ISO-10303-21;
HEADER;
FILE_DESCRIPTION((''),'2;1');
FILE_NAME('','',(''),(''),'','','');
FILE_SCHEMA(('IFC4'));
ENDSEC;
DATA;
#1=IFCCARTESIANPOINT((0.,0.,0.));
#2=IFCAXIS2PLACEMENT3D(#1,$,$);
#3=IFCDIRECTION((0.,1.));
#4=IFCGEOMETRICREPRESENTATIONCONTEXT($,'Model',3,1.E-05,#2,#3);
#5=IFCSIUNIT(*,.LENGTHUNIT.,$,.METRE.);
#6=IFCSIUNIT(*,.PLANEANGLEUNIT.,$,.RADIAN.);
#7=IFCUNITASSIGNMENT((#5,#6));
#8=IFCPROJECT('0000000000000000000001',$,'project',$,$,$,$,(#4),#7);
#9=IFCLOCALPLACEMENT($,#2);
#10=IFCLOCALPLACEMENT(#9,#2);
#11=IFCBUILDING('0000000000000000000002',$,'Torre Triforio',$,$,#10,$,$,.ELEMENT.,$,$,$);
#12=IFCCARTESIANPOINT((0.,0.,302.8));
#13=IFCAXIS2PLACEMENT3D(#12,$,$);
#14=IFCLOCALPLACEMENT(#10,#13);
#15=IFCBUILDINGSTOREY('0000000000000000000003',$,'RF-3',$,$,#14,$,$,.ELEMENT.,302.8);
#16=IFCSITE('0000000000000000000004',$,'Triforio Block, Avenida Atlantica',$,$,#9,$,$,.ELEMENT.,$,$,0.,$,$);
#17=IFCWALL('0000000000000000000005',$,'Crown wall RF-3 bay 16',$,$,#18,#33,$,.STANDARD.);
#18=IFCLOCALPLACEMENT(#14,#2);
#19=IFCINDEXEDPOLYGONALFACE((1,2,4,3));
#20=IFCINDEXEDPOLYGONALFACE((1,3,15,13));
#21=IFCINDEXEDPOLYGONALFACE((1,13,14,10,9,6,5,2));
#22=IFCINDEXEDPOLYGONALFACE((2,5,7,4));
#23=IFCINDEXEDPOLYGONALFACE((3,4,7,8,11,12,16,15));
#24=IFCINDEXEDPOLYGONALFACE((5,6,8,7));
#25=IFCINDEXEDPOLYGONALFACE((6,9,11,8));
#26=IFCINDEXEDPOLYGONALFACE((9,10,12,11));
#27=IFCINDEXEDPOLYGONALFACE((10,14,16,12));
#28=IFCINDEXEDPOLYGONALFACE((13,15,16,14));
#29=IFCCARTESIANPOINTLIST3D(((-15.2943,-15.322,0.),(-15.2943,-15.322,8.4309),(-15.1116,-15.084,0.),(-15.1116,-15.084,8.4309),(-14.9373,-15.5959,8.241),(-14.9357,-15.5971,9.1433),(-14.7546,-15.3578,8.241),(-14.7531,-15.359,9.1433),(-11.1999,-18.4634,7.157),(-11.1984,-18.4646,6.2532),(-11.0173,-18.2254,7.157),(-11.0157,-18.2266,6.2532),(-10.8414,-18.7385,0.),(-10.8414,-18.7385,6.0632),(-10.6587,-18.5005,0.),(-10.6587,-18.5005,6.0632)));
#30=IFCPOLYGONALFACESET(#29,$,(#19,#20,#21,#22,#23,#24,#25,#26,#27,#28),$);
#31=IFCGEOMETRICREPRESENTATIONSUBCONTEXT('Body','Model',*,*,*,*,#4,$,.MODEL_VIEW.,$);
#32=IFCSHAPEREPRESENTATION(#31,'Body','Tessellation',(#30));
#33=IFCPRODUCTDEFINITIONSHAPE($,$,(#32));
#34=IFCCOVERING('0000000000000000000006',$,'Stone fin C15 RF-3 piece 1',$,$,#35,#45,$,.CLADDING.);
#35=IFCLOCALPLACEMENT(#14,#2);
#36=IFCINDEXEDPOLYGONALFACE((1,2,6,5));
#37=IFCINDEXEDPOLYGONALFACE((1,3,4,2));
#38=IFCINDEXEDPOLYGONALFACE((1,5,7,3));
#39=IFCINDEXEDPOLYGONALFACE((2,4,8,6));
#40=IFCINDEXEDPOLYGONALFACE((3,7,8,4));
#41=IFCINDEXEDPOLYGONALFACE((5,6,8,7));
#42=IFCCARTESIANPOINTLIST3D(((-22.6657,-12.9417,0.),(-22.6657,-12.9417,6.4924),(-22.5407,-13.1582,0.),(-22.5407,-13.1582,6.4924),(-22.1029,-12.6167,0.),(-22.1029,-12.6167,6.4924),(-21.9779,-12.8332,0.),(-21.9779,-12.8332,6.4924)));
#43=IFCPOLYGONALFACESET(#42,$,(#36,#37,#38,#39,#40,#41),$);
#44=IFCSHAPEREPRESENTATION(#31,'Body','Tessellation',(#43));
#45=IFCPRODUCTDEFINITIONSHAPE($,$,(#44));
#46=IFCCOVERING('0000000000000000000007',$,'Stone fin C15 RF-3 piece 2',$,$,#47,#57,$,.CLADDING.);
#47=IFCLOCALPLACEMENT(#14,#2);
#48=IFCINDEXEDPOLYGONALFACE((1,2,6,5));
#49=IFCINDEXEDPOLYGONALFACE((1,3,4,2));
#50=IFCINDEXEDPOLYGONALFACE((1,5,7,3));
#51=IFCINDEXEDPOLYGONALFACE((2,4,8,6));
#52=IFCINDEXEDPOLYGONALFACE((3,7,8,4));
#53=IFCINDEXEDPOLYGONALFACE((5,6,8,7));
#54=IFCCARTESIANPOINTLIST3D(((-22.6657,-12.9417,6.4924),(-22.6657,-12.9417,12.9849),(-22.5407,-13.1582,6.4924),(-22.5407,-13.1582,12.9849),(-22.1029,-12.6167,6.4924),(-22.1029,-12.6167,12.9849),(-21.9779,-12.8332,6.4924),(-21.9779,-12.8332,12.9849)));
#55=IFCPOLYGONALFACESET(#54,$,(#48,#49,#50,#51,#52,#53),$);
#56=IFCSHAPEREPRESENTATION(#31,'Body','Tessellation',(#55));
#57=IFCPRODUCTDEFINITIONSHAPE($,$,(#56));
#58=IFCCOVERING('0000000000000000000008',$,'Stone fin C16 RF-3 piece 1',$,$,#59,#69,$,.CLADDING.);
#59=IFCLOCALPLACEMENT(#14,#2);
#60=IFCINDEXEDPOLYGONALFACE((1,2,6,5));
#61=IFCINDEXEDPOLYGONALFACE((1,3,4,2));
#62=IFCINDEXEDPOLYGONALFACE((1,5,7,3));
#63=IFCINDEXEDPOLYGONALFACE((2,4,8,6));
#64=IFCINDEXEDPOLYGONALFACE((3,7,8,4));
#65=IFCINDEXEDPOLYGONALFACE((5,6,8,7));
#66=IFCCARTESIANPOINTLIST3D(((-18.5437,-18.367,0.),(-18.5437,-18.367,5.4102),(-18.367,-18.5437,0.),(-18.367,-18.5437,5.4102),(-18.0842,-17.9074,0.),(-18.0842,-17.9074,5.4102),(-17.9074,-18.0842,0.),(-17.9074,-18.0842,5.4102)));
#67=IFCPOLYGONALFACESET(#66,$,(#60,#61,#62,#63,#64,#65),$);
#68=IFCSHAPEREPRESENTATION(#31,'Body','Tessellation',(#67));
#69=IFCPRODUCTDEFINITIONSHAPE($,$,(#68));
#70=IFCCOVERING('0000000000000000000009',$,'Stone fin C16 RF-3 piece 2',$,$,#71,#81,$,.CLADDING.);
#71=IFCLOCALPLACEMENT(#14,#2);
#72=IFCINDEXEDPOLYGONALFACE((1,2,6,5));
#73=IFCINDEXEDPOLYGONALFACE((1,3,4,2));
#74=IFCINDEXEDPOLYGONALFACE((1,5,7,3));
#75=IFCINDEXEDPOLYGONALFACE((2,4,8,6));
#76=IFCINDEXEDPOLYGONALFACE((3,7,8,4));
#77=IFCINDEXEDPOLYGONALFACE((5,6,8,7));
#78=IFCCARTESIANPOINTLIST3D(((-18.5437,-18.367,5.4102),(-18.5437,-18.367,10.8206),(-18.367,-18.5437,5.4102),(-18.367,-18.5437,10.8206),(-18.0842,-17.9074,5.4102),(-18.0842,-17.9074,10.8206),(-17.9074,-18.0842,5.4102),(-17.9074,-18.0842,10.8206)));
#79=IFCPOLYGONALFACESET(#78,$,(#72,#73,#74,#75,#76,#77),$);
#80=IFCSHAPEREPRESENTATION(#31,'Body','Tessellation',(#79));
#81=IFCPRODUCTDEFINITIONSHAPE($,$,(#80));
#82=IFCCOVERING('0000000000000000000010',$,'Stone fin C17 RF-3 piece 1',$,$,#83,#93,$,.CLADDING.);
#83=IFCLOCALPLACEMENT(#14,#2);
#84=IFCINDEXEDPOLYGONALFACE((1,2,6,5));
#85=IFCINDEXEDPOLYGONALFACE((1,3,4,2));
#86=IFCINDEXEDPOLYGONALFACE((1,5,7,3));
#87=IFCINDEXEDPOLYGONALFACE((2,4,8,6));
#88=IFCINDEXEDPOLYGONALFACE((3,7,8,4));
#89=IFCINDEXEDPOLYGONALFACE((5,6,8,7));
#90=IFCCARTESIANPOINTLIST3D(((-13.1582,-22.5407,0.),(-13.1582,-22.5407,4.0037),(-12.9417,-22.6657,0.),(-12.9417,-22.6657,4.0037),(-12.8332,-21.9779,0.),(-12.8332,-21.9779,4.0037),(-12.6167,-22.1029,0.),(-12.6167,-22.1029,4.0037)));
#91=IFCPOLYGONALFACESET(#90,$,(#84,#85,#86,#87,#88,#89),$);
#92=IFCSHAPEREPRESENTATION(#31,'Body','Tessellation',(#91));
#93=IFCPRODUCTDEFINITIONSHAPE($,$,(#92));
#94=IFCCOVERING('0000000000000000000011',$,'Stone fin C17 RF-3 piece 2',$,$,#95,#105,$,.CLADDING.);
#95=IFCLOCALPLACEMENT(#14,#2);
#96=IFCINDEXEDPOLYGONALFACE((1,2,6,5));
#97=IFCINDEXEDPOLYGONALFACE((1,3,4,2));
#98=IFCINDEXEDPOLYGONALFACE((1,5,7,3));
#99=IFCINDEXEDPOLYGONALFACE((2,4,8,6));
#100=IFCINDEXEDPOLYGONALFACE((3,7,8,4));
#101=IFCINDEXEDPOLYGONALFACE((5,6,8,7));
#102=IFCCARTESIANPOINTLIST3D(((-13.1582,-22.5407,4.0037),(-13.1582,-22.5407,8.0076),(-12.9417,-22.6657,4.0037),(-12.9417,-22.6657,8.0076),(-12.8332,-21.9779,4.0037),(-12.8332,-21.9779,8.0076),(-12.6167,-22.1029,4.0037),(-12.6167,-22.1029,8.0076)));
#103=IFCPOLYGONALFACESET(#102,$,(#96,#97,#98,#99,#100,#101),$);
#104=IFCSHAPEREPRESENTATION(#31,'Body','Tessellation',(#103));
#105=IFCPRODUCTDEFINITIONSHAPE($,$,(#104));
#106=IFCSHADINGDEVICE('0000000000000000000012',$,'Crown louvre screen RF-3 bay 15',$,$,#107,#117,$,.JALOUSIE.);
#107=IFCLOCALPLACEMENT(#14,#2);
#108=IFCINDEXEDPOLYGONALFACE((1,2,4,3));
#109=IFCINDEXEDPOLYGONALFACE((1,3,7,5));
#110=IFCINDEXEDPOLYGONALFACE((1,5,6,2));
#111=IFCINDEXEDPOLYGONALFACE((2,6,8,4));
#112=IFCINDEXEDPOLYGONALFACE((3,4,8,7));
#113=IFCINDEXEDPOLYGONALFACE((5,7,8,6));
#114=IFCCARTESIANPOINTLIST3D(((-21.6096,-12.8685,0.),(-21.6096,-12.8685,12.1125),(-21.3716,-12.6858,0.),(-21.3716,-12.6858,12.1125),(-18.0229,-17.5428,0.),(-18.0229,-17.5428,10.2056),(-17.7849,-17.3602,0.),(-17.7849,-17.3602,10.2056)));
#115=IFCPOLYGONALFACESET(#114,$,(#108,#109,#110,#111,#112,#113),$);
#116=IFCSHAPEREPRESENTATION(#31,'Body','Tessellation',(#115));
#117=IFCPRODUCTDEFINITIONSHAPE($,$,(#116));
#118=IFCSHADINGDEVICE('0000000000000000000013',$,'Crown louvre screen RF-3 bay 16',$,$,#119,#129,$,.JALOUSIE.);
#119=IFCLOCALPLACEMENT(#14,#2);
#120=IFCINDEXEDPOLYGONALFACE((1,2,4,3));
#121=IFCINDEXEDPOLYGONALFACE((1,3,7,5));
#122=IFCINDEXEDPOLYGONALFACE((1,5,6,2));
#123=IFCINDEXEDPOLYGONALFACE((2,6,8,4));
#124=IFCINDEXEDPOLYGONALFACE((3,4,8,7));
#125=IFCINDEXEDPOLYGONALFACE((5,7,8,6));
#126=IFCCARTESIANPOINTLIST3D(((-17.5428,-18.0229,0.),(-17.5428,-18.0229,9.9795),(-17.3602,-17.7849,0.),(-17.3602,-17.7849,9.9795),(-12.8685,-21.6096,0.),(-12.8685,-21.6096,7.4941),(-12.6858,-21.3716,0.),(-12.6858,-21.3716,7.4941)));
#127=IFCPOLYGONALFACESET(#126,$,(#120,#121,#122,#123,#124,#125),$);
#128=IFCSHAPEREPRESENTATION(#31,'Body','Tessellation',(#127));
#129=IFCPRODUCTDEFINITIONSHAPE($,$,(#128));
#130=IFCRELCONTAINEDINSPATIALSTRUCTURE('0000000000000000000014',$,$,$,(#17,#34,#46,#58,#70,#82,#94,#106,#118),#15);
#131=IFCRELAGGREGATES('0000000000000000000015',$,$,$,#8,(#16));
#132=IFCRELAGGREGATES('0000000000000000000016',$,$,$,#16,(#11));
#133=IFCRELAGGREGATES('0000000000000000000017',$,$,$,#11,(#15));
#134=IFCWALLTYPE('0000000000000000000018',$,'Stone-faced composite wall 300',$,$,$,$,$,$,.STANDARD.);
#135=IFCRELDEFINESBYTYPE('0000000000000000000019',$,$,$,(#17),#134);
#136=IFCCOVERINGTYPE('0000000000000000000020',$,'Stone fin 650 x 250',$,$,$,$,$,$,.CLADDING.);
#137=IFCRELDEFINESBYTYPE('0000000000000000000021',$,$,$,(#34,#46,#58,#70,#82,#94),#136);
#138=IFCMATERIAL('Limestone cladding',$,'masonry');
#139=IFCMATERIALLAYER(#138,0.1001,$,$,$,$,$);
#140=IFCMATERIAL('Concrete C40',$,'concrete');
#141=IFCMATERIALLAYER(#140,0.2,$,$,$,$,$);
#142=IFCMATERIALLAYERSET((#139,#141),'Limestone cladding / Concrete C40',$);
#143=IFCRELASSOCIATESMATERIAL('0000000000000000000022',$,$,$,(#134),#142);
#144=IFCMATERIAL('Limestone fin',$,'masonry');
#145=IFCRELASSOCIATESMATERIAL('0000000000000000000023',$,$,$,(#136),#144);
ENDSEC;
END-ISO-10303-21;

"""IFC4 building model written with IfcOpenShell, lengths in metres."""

from ifc_helpers import new_model, si_unit, direction, frame, origin, origin_2d, place, context, subcontext, project, spatial, polyline, rectangle, outline, extrude, material, layer, layer_set, material_profile, profile_set, type_object, element, save


model = new_model("IFC4")

# Units and contexts
model_context = context("Model", 3, precision=1e-05, world=origin(), true_north=direction((0.0, 1.0)))
body_context = subcontext(model_context, "Body", "Model", "MODEL_VIEW")
ifc_project = project(units=[si_unit("LENGTHUNIT", "METRE"), si_unit("PLANEANGLEUNIT", "RADIAN")], contexts=[model_context])

# Site, building, storey
site_placement = place(None, origin())
site = spatial("IfcSite", under=ifc_project, at=site_placement, Name="Triforio Block, Avenida Atlantica", CompositionType="ELEMENT", RefElevation=0.0)
building_placement = place(site_placement, origin())
building = spatial("IfcBuilding", under=site, at=building_placement, Name="Torre Triforio", CompositionType="ELEMENT")
storey_placement = place(building_placement, frame((0.0, 0.0, 302.8)))
storey = spatial("IfcBuildingStorey", under=building, at=storey_placement, Name="RF-3", CompositionType="ELEMENT", Elevation=302.8)

# Shared definitions
ifc_material_1 = material(Name="Concrete C40", Category="concrete")

# Wall
ifc_material_2 = material(Name="Limestone cladding", Category="masonry")
ifc_layer_1 = layer(ifc_material_2, 0.1001)
ifc_layer_2 = layer(ifc_material_1, 0.2)
ifc_layer_set_1 = layer_set([ifc_layer_1, ifc_layer_2], Name="Limestone cladding / Concrete C40")
wall_type_1 = type_object("IfcWallType", Name="Stone-faced composite wall 300", PredefinedType="STANDARD", material=ifc_layer_set_1)
wall_1_placement = place(storey_placement, frame((-15.2029, -15.2029, 0.0), z_axis=(0.0, 0.0, 1.0), x_axis=(0.79338, -0.608726, 0.0)))
element("IfcWall", 1, at=wall_1_placement, inside=storey, type_object=wall_type_1, Name="Crown wall RF-3 bay 16", PredefinedType="STANDARD", context=body_context, shape_type="SweptSolid", body=[
    extrude(outline(polyline([(0.0, 0.0), (5.6125, 0.0), (5.6125, 6.0632), (5.1626, 6.2532), (5.1606, 7.157), (0.4519, 9.1433), (0.45, 8.241), (0.0, 8.4309), (0.0, 0.0)])), frame((0.0, 0.1499, 0.0), z_axis=(0.0, -1.0, 0.0), x_axis=(1.0, 0.0, 0.0)), (0.0, 0.0, 1.0), 0.3),
])

# Coverings
ifc_material_3 = material(Name="Limestone fin", Category="masonry")
ifc_material_profile_1 = material_profile(ifc_material_3, rectangle(XDim=0.6499, YDim=0.25, at=origin_2d()), Name="FIN 650x250")
ifc_profile_set_1 = profile_set([ifc_material_profile_1], Name="Limestone fin")
covering_type = type_object("IfcCoveringType", Name="Stone fin 650 x 250", PredefinedType="CLADDING", material=ifc_profile_set_1)
for number, where, z_axis, x_axis, name in (
    (2, (-22.3218, -12.8875, 0.0), (0.0, 0.0, 1.0), (-0.866025, -0.5, 0.0), "Stone fin C15 RF-3 piece 1"),
    (3, (-22.3218, -12.8875, 6.4924), (0.0, 0.0, 1.0), (-0.866025, -0.5, 0.0), "Stone fin C15 RF-3 piece 2"),
):
    element("IfcCovering", number, at=place(storey_placement, frame(where, z_axis=z_axis, x_axis=x_axis)), inside=storey, type_object=covering_type, Name=name, PredefinedType="CLADDING", context=body_context, shape_type="SweptSolid", body=[
        extrude(rectangle(XDim=0.6499, YDim=0.25, at=origin_2d()), origin(), (0.0, 0.0, 1.0), 6.4924),
    ])
covering_1_placement = place(storey_placement, frame((-18.2256, -18.2256, 0.0), z_axis=(0.0, 0.0, 1.0), x_axis=(-0.707107, -0.707107, 0.0)))
element("IfcCovering", 4, at=covering_1_placement, inside=storey, type_object=covering_type, Name="Stone fin C16 RF-3 piece 1", PredefinedType="CLADDING", context=body_context, shape_type="SweptSolid", body=[
    extrude(rectangle(XDim=0.6499, YDim=0.25, at=origin_2d()), origin(), (0.0, 0.0, 1.0), 5.4102),
])
covering_2_placement = place(storey_placement, frame((-18.2256, -18.2256, 5.4102), z_axis=(0.0, 0.0, 1.0), x_axis=(-0.707107, -0.707107, 0.0)))
element("IfcCovering", 5, at=covering_2_placement, inside=storey, type_object=covering_type, Name="Stone fin C16 RF-3 piece 2", PredefinedType="CLADDING", context=body_context, shape_type="SweptSolid", body=[
    extrude(rectangle(XDim=0.6499, YDim=0.25, at=origin_2d()), origin(), (0.0, 0.0, 1.0), 5.4104),
])
covering_3_placement = place(storey_placement, frame((-12.8875, -22.3218, 0.0), z_axis=(0.0, 0.0, 1.0), x_axis=(-0.5, -0.866025, 0.0)))
element("IfcCovering", 6, at=covering_3_placement, inside=storey, type_object=covering_type, Name="Stone fin C17 RF-3 piece 1", PredefinedType="CLADDING", context=body_context, shape_type="SweptSolid", body=[
    extrude(rectangle(XDim=0.6499, YDim=0.25, at=origin_2d()), origin(), (0.0, 0.0, 1.0), 4.0037),
])
covering_4_placement = place(storey_placement, frame((-12.8875, -22.3218, 4.0037), z_axis=(0.0, 0.0, 1.0), x_axis=(-0.5, -0.866025, 0.0)))
element("IfcCovering", 7, at=covering_4_placement, inside=storey, type_object=covering_type, Name="Stone fin C17 RF-3 piece 2", PredefinedType="CLADDING", context=body_context, shape_type="SweptSolid", body=[
    extrude(rectangle(XDim=0.6499, YDim=0.25, at=origin_2d()), origin(), (0.0, 0.0, 1.0), 4.0039),
])

# Shading devices
shading_device_1_placement = place(storey_placement, frame((-21.4905, -12.7771, 0.0), z_axis=(0.0, 0.0, 1.0), x_axis=(0.608755, -0.793358, 0.0)))
element("IfcShadingDevice", 8, at=shading_device_1_placement, inside=storey, Name="Crown louvre screen RF-3 bay 15", PredefinedType="JALOUSIE", context=body_context, shape_type="SweptSolid", body=[
    extrude(outline(polyline([(0.0, 0.0), (5.8918, 0.0), (5.8918, 10.2056), (0.0, 12.1125), (0.0, 0.0)])), frame((0.0, 0.1499, 0.0), z_axis=(0.0, -1.0, 0.0), x_axis=(1.0, 0.0, 0.0)), (0.0, 0.0, 1.0), 0.3),
])
shading_device_2_placement = place(storey_placement, frame((-17.4514, -17.9038, 0.0), z_axis=(0.0, 0.0, 1.0), x_axis=(0.793358, -0.608755, 0.0)))
element("IfcShadingDevice", 9, at=shading_device_2_placement, inside=storey, Name="Crown louvre screen RF-3 bay 16", PredefinedType="JALOUSIE", context=body_context, shape_type="SweptSolid", body=[
    extrude(outline(polyline([(0.0, 0.0), (5.8918, 0.0), (5.8918, 7.4941), (0.0, 9.9795), (0.0, 0.0)])), frame((0.0, 0.1499, 0.0), z_axis=(0.0, -1.0, 0.0), x_axis=(1.0, 0.0, 0.0)), (0.0, 0.0, 1.0), 0.3),
])

save(model, "model.ifc")
